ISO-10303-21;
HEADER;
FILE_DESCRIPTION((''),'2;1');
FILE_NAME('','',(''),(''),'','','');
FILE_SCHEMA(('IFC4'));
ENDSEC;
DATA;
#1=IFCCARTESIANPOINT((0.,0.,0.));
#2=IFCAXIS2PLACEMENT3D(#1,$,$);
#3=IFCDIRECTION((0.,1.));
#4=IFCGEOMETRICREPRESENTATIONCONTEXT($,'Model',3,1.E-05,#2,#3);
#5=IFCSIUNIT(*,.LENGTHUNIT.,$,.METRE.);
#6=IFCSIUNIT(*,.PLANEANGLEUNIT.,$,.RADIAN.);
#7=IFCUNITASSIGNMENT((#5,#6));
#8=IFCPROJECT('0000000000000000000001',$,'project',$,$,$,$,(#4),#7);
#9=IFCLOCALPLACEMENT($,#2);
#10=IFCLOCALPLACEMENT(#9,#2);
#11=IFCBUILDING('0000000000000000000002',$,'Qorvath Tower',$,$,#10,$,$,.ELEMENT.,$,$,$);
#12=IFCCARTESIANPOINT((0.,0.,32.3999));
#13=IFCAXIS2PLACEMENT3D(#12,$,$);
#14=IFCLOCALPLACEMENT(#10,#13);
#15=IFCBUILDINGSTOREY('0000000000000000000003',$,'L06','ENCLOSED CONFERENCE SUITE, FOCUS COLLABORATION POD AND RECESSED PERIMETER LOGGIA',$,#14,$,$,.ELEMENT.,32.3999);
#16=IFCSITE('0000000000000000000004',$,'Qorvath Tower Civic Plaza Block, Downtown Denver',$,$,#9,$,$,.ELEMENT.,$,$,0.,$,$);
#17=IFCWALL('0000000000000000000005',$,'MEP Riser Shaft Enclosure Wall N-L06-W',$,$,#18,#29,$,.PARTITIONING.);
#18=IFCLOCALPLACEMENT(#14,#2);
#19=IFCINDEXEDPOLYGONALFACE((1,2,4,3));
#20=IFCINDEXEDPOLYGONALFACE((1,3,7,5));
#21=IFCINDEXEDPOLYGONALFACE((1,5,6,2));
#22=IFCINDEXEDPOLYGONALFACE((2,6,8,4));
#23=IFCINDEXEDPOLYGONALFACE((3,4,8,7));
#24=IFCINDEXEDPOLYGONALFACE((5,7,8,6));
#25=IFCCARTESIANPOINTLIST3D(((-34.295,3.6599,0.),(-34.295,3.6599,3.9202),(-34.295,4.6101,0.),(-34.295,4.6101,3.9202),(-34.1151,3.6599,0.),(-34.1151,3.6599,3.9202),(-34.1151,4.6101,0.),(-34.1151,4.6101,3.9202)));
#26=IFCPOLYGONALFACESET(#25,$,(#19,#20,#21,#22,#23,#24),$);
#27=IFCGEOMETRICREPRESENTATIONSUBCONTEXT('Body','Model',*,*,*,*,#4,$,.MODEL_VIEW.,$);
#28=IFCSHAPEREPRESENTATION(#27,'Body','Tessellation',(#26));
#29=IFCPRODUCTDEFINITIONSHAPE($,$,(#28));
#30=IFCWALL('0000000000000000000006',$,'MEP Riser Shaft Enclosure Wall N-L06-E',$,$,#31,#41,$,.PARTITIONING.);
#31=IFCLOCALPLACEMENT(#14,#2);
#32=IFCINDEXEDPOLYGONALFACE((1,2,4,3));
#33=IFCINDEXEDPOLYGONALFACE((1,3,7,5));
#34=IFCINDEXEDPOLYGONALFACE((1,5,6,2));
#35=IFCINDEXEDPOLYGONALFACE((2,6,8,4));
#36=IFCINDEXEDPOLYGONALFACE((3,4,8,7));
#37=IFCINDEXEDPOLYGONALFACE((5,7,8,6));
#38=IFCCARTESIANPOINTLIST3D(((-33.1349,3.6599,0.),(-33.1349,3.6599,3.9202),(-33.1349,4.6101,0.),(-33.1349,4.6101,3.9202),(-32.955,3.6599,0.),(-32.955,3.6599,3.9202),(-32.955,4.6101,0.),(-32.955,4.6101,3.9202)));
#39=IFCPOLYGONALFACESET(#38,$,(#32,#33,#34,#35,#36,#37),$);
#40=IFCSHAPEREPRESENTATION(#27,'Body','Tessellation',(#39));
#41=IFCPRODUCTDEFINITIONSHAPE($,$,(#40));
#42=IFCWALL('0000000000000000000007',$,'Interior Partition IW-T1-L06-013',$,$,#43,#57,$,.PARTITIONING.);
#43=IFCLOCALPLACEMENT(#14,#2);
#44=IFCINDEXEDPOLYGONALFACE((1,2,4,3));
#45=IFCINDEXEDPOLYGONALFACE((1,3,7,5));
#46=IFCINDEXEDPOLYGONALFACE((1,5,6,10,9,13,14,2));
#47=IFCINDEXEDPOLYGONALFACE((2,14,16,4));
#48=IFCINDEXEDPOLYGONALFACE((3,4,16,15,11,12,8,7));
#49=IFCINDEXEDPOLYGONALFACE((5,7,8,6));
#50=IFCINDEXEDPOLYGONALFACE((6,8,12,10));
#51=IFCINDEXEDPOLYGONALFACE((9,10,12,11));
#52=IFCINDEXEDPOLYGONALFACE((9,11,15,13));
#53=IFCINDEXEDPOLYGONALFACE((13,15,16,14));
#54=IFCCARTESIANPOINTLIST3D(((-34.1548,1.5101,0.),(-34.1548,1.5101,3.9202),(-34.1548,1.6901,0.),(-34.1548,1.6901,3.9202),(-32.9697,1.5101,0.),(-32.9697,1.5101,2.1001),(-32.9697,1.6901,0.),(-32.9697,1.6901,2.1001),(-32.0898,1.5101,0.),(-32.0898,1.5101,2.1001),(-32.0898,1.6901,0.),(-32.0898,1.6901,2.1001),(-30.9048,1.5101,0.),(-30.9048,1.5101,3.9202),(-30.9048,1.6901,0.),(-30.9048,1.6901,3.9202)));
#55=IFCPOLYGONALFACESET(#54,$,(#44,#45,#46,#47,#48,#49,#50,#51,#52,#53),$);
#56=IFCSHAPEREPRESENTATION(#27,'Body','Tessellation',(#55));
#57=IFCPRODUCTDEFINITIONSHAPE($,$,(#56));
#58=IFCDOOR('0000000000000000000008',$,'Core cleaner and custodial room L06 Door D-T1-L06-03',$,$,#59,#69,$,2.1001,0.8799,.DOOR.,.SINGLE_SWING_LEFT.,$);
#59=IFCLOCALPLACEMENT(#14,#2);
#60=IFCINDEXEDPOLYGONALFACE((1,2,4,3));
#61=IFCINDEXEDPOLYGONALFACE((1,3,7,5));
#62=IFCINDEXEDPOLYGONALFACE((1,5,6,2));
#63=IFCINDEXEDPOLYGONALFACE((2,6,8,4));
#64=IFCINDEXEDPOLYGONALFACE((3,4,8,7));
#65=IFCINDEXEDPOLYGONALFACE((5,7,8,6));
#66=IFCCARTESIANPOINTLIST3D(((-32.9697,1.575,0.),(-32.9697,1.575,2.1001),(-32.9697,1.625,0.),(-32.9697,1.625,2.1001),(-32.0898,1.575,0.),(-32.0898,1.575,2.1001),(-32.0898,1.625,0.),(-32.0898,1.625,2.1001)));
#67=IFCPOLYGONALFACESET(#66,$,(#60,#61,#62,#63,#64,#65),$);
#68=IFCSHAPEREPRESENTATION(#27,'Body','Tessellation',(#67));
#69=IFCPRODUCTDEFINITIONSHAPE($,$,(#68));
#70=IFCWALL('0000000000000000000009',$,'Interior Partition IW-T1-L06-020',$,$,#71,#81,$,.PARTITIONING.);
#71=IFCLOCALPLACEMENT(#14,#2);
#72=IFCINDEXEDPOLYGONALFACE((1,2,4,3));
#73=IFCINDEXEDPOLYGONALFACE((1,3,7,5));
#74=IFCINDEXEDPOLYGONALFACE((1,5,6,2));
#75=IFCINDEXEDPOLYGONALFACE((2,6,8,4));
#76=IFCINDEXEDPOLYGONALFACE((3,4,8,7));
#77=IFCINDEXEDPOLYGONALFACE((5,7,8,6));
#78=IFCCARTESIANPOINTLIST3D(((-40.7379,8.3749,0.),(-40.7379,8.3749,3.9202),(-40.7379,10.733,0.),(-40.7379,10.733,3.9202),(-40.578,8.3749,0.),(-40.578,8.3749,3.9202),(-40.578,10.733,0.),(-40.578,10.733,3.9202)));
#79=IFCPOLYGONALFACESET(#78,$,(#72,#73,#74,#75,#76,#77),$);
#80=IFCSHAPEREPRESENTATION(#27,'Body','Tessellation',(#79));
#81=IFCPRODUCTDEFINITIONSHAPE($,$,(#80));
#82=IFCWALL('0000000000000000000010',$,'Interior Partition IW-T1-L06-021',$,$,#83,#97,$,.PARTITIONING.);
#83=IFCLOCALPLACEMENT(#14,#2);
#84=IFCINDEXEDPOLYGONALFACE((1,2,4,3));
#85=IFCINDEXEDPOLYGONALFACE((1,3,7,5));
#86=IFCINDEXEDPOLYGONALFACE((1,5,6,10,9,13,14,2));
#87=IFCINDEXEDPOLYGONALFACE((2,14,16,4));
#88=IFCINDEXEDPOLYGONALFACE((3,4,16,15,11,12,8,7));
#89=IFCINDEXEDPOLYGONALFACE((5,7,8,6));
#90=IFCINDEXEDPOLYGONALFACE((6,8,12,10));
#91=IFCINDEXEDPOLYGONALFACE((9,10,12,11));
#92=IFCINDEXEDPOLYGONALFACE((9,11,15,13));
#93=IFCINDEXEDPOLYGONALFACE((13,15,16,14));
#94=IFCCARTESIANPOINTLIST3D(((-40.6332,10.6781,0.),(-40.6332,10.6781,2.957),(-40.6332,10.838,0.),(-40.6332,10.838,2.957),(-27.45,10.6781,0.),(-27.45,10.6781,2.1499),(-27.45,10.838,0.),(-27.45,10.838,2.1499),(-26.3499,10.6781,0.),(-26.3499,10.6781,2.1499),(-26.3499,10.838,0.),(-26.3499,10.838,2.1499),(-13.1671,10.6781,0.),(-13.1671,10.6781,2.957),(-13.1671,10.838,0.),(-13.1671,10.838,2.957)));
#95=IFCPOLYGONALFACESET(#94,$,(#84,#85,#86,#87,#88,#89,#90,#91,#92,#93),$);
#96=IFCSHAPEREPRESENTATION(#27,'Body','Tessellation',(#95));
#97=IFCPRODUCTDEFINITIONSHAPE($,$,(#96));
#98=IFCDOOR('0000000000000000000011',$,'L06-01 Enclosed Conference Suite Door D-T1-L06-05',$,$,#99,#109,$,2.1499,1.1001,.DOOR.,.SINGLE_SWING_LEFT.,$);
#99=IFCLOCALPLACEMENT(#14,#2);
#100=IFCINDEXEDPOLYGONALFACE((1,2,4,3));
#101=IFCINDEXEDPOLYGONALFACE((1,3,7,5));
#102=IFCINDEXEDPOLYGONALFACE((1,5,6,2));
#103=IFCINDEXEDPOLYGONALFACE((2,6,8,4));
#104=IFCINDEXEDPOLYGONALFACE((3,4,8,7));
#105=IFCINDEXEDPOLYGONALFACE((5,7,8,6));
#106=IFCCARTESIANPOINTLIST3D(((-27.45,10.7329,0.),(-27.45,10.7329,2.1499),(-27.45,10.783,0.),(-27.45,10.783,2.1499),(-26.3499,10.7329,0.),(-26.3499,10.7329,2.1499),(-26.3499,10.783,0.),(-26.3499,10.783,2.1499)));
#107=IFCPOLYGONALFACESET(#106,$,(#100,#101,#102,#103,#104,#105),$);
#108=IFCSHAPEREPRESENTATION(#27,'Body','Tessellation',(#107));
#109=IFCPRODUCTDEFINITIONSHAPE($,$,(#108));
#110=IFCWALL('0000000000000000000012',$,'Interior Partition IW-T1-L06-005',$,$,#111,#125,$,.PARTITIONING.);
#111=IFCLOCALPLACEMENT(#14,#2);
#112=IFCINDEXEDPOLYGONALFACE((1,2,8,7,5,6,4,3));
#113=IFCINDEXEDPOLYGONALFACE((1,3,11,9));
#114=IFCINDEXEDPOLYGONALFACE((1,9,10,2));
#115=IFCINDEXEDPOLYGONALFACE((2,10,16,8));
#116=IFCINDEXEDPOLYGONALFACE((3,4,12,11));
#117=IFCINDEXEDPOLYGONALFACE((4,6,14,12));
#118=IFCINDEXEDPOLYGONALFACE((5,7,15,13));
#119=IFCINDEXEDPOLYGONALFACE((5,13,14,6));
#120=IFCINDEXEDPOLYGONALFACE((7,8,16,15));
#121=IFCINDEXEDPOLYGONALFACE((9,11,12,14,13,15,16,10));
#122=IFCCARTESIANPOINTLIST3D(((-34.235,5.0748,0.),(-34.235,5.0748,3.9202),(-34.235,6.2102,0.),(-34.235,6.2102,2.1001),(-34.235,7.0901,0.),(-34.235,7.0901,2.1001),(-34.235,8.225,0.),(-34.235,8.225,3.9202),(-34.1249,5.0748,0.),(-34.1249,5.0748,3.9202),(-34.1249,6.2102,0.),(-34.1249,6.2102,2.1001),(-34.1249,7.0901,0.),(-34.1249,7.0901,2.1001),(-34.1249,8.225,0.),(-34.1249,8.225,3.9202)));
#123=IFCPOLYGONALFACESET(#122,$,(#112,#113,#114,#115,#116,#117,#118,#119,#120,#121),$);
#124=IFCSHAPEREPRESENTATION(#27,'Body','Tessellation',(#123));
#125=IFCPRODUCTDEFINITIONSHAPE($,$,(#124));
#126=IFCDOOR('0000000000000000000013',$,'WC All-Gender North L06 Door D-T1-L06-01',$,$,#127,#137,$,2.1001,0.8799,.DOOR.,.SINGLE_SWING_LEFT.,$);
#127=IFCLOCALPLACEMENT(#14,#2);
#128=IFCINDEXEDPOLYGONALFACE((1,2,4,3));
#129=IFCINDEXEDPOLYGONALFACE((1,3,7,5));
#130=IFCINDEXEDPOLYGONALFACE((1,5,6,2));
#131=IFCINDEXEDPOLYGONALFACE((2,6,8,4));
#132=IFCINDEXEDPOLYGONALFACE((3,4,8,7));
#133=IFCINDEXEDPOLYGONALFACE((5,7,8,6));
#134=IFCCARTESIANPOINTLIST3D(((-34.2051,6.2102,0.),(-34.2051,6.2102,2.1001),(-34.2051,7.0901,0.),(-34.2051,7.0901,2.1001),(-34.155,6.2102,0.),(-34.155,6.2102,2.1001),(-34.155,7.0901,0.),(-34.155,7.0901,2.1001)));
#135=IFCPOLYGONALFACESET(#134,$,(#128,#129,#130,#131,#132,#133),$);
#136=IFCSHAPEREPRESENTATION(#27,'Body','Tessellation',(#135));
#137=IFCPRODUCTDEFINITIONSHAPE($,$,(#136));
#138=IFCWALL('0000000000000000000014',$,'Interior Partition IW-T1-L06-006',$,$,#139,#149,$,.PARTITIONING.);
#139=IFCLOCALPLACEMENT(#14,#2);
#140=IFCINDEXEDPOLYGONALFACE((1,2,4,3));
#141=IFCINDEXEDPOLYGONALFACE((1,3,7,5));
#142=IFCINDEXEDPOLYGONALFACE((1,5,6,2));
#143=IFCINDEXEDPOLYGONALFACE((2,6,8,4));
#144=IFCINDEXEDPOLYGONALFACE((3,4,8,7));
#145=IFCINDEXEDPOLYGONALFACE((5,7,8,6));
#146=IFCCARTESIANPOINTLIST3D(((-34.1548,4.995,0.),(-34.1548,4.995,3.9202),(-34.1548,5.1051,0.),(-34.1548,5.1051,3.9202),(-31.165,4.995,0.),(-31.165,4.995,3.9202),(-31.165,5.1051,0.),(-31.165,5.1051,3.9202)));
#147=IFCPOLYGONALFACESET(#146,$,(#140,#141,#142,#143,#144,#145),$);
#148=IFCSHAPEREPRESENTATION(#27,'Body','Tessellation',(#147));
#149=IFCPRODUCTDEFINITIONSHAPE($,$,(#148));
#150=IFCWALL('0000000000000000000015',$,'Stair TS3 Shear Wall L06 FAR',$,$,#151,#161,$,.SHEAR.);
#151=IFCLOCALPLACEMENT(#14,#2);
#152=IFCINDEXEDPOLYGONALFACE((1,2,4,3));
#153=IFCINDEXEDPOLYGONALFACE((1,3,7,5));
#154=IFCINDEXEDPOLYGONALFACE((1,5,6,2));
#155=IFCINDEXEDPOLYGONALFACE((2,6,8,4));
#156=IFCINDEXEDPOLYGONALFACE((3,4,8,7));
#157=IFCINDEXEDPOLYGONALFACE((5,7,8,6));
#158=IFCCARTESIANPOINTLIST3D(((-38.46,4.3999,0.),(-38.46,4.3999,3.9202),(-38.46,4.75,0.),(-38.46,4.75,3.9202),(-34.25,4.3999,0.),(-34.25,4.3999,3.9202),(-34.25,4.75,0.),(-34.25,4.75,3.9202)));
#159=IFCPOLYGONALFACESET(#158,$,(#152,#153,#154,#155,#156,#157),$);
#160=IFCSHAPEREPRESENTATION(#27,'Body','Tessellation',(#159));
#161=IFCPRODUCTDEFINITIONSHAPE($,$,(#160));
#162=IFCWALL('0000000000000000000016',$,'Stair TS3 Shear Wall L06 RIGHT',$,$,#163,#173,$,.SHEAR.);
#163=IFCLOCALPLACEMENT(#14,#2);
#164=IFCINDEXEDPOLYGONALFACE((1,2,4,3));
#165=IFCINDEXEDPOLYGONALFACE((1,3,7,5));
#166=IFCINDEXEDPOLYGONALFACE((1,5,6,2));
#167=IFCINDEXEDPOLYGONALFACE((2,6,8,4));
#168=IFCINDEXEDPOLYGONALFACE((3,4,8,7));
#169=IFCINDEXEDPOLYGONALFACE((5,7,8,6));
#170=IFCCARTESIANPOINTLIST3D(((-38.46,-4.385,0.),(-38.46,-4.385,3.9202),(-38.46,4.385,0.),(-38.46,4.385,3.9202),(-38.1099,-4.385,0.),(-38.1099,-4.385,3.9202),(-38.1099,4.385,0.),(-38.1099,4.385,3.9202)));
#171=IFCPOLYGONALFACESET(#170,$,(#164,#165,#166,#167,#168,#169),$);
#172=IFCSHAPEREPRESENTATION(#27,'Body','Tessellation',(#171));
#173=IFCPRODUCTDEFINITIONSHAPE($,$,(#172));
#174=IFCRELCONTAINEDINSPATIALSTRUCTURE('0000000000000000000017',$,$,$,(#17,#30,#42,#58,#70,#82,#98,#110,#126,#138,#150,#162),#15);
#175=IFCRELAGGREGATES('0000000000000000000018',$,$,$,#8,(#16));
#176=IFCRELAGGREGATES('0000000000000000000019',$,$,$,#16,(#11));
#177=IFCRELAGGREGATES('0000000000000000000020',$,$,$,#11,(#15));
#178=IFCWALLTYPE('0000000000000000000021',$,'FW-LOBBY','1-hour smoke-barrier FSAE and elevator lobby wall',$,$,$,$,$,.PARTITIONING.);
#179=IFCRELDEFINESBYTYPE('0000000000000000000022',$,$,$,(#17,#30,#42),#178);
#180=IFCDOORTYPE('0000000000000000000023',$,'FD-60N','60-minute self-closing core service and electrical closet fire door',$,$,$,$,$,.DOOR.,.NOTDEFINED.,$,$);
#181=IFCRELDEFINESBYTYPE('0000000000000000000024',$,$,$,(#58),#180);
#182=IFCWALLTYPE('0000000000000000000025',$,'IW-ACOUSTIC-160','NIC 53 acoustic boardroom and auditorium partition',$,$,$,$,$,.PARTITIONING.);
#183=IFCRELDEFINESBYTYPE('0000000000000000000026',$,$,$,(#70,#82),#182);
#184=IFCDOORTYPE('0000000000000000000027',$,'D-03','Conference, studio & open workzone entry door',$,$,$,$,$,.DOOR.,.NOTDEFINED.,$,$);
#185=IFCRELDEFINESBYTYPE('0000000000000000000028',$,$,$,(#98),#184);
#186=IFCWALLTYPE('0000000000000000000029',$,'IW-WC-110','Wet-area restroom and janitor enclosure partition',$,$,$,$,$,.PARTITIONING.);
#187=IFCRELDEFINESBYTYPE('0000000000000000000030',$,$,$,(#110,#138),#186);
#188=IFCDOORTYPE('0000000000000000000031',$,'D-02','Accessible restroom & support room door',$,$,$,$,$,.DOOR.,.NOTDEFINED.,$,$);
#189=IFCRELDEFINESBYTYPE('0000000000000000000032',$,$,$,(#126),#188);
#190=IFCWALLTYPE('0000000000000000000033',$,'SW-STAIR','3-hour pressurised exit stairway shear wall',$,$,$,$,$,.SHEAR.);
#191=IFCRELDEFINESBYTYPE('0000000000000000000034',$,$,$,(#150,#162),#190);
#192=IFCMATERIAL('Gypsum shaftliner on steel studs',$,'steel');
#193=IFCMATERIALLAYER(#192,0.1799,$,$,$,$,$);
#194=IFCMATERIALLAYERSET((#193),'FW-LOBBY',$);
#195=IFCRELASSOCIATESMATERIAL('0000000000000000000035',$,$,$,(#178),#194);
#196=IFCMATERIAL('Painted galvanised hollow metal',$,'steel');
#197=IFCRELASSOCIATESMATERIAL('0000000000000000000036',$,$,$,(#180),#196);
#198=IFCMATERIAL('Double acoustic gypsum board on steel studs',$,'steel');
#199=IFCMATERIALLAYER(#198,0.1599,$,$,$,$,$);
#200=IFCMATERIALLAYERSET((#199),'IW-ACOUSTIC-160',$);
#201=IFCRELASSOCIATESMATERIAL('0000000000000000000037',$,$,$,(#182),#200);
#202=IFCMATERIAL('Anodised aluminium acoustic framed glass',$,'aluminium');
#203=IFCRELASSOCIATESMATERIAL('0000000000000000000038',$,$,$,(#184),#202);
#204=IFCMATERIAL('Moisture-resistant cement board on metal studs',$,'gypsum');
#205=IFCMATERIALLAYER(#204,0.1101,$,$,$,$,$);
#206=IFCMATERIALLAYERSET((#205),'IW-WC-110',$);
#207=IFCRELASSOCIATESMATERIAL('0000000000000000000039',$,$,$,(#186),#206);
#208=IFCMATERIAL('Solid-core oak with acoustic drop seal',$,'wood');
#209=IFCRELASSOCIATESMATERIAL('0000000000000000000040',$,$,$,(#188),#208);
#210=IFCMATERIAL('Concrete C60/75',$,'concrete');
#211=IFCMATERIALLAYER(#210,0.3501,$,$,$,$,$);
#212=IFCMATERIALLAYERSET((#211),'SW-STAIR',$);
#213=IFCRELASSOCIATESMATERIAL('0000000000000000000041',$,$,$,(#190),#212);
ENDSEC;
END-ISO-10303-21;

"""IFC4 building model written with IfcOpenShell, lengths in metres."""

from ifc_helpers import new_model, si_unit, direction, frame, frame_2d, origin, place, context, subcontext, project, spatial, rectangle, extrude, material, layer, layer_set, type_object, element, fill, save


model = new_model("IFC4")

# Units and contexts
model_context = context("Model", 3, precision=1e-05, world=origin(), true_north=direction((0.0, 1.0)))
body_context = subcontext(model_context, "Body", "Model", "MODEL_VIEW")
ifc_project = project(units=[si_unit("LENGTHUNIT", "METRE"), si_unit("PLANEANGLEUNIT", "RADIAN")], contexts=[model_context])

# Site, building, storey
site_placement = place(None, origin())
site = spatial("IfcSite", under=ifc_project, at=site_placement, Name="Qorvath Tower Civic Plaza Block, Downtown Denver", CompositionType="ELEMENT", RefElevation=0.0)
building_placement = place(site_placement, origin())
building = spatial("IfcBuilding", under=site, at=building_placement, Name="Qorvath Tower", CompositionType="ELEMENT")
storey_placement = place(building_placement, frame((0.0, 0.0, 32.3999)))
storey = spatial("IfcBuildingStorey", under=building, at=storey_placement, Name="L06", Description="ENCLOSED CONFERENCE SUITE, FOCUS COLLABORATION POD AND RECESSED PERIMETER LOGGIA", CompositionType="ELEMENT", Elevation=32.3999)

# Walls
ifc_material_1 = material(Name="Gypsum shaftliner on steel studs", Category="steel")
ifc_layer_1 = layer(ifc_material_1, 0.1799)
ifc_layer_set_1 = layer_set([ifc_layer_1], Name="FW-LOBBY")
wall_type_1 = type_object("IfcWallType", Name="FW-LOBBY", Description="1-hour smoke-barrier FSAE and elevator lobby wall", PredefinedType="PARTITIONING", material=ifc_layer_set_1)
for number, where, z_axis, x_axis, name in (
    (1, (-34.2051, 3.6599, 0.0), (0.0, 0.0, 1.0), (0.0, 1.0, 0.0), "MEP Riser Shaft Enclosure Wall N-L06-W"),
    (2, (-33.0449, 4.6101, 0.0), (0.0, 0.0, 1.0), (0.0, -1.0, 0.0), "MEP Riser Shaft Enclosure Wall N-L06-E"),
):
    element("IfcWall", number, at=place(storey_placement, frame(where, z_axis=z_axis, x_axis=x_axis)), inside=storey, type_object=wall_type_1, Name=name, PredefinedType="PARTITIONING", context=body_context, shape_type="SweptSolid", body=[
        extrude(rectangle(XDim=0.9502, YDim=0.1799, at=frame_2d((0.4751, 0.0))), origin(), (0.0, 0.0, 1.0), 3.9202),
    ])

# Wall, opening, door
wall_1_placement = place(storey_placement, frame((-34.1548, 1.6001, 0.0), z_axis=(0.0, 0.0, 1.0), x_axis=(1.0, 0.0, 0.0)))
wall_1 = element("IfcWall", 3, at=wall_1_placement, inside=storey, type_object=wall_type_1, Name="Interior Partition IW-T1-L06-013", PredefinedType="PARTITIONING", context=body_context, shape_type="SweptSolid", body=[
    extrude(rectangle(XDim=3.25, YDim=0.1799, at=frame_2d((1.625, 0.0))), origin(), (0.0, 0.0, 1.0), 3.9202),
])
opening_1_placement = place(wall_1_placement, frame((1.1851, 0.0, 0.0)))
opening_1 = element("IfcOpeningElement", 4, at=opening_1_placement, cuts=wall_1, PredefinedType="OPENING", context=body_context, shape_type="SweptSolid", body=[
    extrude(rectangle(XDim=0.8799, YDim=2.1001, at=frame_2d((0.4399, 1.05))), frame((0.0, 0.1001, 0.0), z_axis=(0.0, -1.0, 0.0), x_axis=(1.0, 0.0, 0.0)), (0.0, 0.0, 1.0), 0.2),
])
ifc_material_2 = material(Name="Painted galvanised hollow metal", Category="steel")
door_type_1 = type_object("IfcDoorType", Name="FD-60N", Description="60-minute self-closing core service and electrical closet fire door", OperationType="NOTDEFINED", PredefinedType="DOOR", material=ifc_material_2)
door_1_placement = place(opening_1_placement, origin())
door_1 = element("IfcDoor", 5, at=door_1_placement, inside=storey, type_object=door_type_1, Name="Core cleaner and custodial room L06 Door D-T1-L06-03", OperationType="SINGLE_SWING_LEFT", OverallHeight=2.1001, OverallWidth=0.8799, PredefinedType="DOOR", context=body_context, shape_type="SweptSolid", body=[
    extrude(rectangle(XDim=0.8799, YDim=2.1001, at=frame_2d((0.4399, 1.05))), frame((0.0, 0.0249, 0.0), z_axis=(0.0, -1.0, 0.0), x_axis=(1.0, 0.0, 0.0)), (0.0, 0.0, 1.0), 0.05),
])
fill(opening_1, door_1)

# Wall
ifc_material_3 = material(Name="Double acoustic gypsum board on steel studs", Category="steel")
ifc_layer_2 = layer(ifc_material_3, 0.1599)
ifc_layer_set_2 = layer_set([ifc_layer_2], Name="IW-ACOUSTIC-160")
wall_type_2 = type_object("IfcWallType", Name="IW-ACOUSTIC-160", Description="NIC 53 acoustic boardroom and auditorium partition", PredefinedType="PARTITIONING", material=ifc_layer_set_2)
wall_2_placement = place(storey_placement, frame((-40.658, 10.7332, 0.0), z_axis=(0.0, 0.0, 1.0), x_axis=(0.0, -1.0, 0.0)))
element("IfcWall", 6, at=wall_2_placement, inside=storey, type_object=wall_type_2, Name="Interior Partition IW-T1-L06-020", PredefinedType="PARTITIONING", context=body_context, shape_type="SweptSolid", body=[
    extrude(rectangle(XDim=2.3582, YDim=0.1599, at=frame_2d((1.1792, 0.0))), origin(), (0.0, 0.0, 1.0), 3.9202),
])

# Walls, openings, doors
wall_3_placement = place(storey_placement, frame((-40.6331, 10.7581, 0.0), z_axis=(0.0, 0.0, 1.0), x_axis=(1.0, 0.0, 0.0)))
wall_3 = element("IfcWall", 7, at=wall_3_placement, inside=storey, type_object=wall_type_2, Name="Interior Partition IW-T1-L06-021", PredefinedType="PARTITIONING", context=body_context, shape_type="SweptSolid", body=[
    extrude(rectangle(XDim=27.4661, YDim=0.1599, at=frame_2d((13.7329, 0.0))), origin(), (0.0, 0.0, 1.0), 2.957),
])
opening_2_placement = place(wall_3_placement, frame((13.1831, 0.0, 0.0)))
opening_2 = element("IfcOpeningElement", 8, at=opening_2_placement, cuts=wall_3, PredefinedType="OPENING", context=body_context, shape_type="SweptSolid", body=[
    extrude(rectangle(XDim=1.1001, YDim=2.1499, at=frame_2d((0.55, 1.075))), frame((0.0, 0.0898, 0.0), z_axis=(0.0, -1.0, 0.0), x_axis=(1.0, 0.0, 0.0)), (0.0, 0.0, 1.0), 0.1799),
])
ifc_material_4 = material(Name="Anodised aluminium acoustic framed glass", Category="aluminium")
door_type_2 = type_object("IfcDoorType", Name="D-03", Description="Conference, studio & open workzone entry door", OperationType="NOTDEFINED", PredefinedType="DOOR", material=ifc_material_4)
door_2_placement = place(opening_2_placement, origin())
door_2 = element("IfcDoor", 9, at=door_2_placement, inside=storey, type_object=door_type_2, Name="L06-01 Enclosed Conference Suite Door D-T1-L06-05", OperationType="SINGLE_SWING_LEFT", OverallHeight=2.1499, OverallWidth=1.1001, PredefinedType="DOOR", context=body_context, shape_type="SweptSolid", body=[
    extrude(rectangle(XDim=1.1001, YDim=2.1499, at=frame_2d((0.55, 1.075))), frame((0.0, 0.0249, 0.0), z_axis=(0.0, -1.0, 0.0), x_axis=(1.0, 0.0, 0.0)), (0.0, 0.0, 1.0), 0.05),
])
fill(opening_2, door_2)
ifc_material_5 = material(Name="Moisture-resistant cement board on metal studs", Category="gypsum")
ifc_layer_3 = layer(ifc_material_5, 0.1101)
ifc_layer_set_3 = layer_set([ifc_layer_3], Name="IW-WC-110")
wall_type_3 = type_object("IfcWallType", Name="IW-WC-110", Description="Wet-area restroom and janitor enclosure partition", PredefinedType="PARTITIONING", material=ifc_layer_set_3)
wall_4_placement = place(storey_placement, frame((-34.1799, 8.2251, 0.0), z_axis=(0.0, 0.0, 1.0), x_axis=(0.0, -1.0, 0.0)))
wall_4 = element("IfcWall", 10, at=wall_4_placement, inside=storey, type_object=wall_type_3, Name="Interior Partition IW-T1-L06-005", PredefinedType="PARTITIONING", context=body_context, shape_type="SweptSolid", body=[
    extrude(rectangle(XDim=3.1501, YDim=0.1101, at=frame_2d((1.5752, 0.0))), origin(), (0.0, 0.0, 1.0), 3.9202),
])
opening_3_placement = place(wall_4_placement, frame((1.135, 0.0, 0.0)))
opening_3 = element("IfcOpeningElement", 11, at=opening_3_placement, cuts=wall_4, PredefinedType="OPENING", context=body_context, shape_type="SweptSolid", body=[
    extrude(rectangle(XDim=0.8799, YDim=2.1001, at=frame_2d((0.4399, 1.05))), frame((0.0, 0.0649, 0.0), z_axis=(0.0, -1.0, 0.0), x_axis=(1.0, 0.0, 0.0)), (0.0, 0.0, 1.0), 0.1301),
])
ifc_material_6 = material(Name="Solid-core oak with acoustic drop seal", Category="wood")
door_type_3 = type_object("IfcDoorType", Name="D-02", Description="Accessible restroom & support room door", OperationType="NOTDEFINED", PredefinedType="DOOR", material=ifc_material_6)
door_3_placement = place(opening_3_placement, origin())
door_3 = element("IfcDoor", 12, at=door_3_placement, inside=storey, type_object=door_type_3, Name="WC All-Gender North L06 Door D-T1-L06-01", OperationType="SINGLE_SWING_LEFT", OverallHeight=2.1001, OverallWidth=0.8799, PredefinedType="DOOR", context=body_context, shape_type="SweptSolid", body=[
    extrude(rectangle(XDim=0.8799, YDim=2.1001, at=frame_2d((0.4399, 1.05))), frame((0.0, 0.0249, 0.0), z_axis=(0.0, -1.0, 0.0), x_axis=(1.0, 0.0, 0.0)), (0.0, 0.0, 1.0), 0.05),
])
fill(opening_3, door_3)

# Walls
wall_5_placement = place(storey_placement, frame((-34.1548, 5.05, 0.0), z_axis=(0.0, 0.0, 1.0), x_axis=(1.0, 0.0, 0.0)))
element("IfcWall", 13, at=wall_5_placement, inside=storey, type_object=wall_type_3, Name="Interior Partition IW-T1-L06-006", PredefinedType="PARTITIONING", context=body_context, shape_type="SweptSolid", body=[
    extrude(rectangle(XDim=2.9897, YDim=0.1101, at=frame_2d((1.4949, 0.0))), origin(), (0.0, 0.0, 1.0), 3.9202),
])
ifc_material_7 = material(Name="Concrete C60/75", Category="concrete")
ifc_layer_4 = layer(ifc_material_7, 0.3501)
ifc_layer_set_4 = layer_set([ifc_layer_4], Name="SW-STAIR")
wall_type_4 = type_object("IfcWallType", Name="SW-STAIR", Description="3-hour pressurised exit stairway shear wall", PredefinedType="SHEAR", material=ifc_layer_set_4)
wall_6_placement = place(storey_placement, frame((-34.25, 4.575, 0.0), z_axis=(0.0, 0.0, 1.0), x_axis=(-1.0, 0.0, 0.0)))
element("IfcWall", 14, at=wall_6_placement, inside=storey, type_object=wall_type_4, Name="Stair TS3 Shear Wall L06 FAR", PredefinedType="SHEAR", context=body_context, shape_type="SweptSolid", body=[
    extrude(rectangle(XDim=4.21, YDim=0.3501, at=frame_2d((2.105, 0.0))), origin(), (0.0, 0.0, 1.0), 3.9202),
])
wall_7_placement = place(storey_placement, frame((-38.2849, 4.385, 0.0), z_axis=(0.0, 0.0, 1.0), x_axis=(0.0, -1.0, 0.0)))
element("IfcWall", 15, at=wall_7_placement, inside=storey, type_object=wall_type_4, Name="Stair TS3 Shear Wall L06 RIGHT", PredefinedType="SHEAR", context=body_context, shape_type="SweptSolid", body=[
    extrude(rectangle(XDim=8.77, YDim=0.3501, at=frame_2d((4.385, 0.0))), origin(), (0.0, 0.0, 1.0), 3.9202),
])

save(model, "model.ifc")
